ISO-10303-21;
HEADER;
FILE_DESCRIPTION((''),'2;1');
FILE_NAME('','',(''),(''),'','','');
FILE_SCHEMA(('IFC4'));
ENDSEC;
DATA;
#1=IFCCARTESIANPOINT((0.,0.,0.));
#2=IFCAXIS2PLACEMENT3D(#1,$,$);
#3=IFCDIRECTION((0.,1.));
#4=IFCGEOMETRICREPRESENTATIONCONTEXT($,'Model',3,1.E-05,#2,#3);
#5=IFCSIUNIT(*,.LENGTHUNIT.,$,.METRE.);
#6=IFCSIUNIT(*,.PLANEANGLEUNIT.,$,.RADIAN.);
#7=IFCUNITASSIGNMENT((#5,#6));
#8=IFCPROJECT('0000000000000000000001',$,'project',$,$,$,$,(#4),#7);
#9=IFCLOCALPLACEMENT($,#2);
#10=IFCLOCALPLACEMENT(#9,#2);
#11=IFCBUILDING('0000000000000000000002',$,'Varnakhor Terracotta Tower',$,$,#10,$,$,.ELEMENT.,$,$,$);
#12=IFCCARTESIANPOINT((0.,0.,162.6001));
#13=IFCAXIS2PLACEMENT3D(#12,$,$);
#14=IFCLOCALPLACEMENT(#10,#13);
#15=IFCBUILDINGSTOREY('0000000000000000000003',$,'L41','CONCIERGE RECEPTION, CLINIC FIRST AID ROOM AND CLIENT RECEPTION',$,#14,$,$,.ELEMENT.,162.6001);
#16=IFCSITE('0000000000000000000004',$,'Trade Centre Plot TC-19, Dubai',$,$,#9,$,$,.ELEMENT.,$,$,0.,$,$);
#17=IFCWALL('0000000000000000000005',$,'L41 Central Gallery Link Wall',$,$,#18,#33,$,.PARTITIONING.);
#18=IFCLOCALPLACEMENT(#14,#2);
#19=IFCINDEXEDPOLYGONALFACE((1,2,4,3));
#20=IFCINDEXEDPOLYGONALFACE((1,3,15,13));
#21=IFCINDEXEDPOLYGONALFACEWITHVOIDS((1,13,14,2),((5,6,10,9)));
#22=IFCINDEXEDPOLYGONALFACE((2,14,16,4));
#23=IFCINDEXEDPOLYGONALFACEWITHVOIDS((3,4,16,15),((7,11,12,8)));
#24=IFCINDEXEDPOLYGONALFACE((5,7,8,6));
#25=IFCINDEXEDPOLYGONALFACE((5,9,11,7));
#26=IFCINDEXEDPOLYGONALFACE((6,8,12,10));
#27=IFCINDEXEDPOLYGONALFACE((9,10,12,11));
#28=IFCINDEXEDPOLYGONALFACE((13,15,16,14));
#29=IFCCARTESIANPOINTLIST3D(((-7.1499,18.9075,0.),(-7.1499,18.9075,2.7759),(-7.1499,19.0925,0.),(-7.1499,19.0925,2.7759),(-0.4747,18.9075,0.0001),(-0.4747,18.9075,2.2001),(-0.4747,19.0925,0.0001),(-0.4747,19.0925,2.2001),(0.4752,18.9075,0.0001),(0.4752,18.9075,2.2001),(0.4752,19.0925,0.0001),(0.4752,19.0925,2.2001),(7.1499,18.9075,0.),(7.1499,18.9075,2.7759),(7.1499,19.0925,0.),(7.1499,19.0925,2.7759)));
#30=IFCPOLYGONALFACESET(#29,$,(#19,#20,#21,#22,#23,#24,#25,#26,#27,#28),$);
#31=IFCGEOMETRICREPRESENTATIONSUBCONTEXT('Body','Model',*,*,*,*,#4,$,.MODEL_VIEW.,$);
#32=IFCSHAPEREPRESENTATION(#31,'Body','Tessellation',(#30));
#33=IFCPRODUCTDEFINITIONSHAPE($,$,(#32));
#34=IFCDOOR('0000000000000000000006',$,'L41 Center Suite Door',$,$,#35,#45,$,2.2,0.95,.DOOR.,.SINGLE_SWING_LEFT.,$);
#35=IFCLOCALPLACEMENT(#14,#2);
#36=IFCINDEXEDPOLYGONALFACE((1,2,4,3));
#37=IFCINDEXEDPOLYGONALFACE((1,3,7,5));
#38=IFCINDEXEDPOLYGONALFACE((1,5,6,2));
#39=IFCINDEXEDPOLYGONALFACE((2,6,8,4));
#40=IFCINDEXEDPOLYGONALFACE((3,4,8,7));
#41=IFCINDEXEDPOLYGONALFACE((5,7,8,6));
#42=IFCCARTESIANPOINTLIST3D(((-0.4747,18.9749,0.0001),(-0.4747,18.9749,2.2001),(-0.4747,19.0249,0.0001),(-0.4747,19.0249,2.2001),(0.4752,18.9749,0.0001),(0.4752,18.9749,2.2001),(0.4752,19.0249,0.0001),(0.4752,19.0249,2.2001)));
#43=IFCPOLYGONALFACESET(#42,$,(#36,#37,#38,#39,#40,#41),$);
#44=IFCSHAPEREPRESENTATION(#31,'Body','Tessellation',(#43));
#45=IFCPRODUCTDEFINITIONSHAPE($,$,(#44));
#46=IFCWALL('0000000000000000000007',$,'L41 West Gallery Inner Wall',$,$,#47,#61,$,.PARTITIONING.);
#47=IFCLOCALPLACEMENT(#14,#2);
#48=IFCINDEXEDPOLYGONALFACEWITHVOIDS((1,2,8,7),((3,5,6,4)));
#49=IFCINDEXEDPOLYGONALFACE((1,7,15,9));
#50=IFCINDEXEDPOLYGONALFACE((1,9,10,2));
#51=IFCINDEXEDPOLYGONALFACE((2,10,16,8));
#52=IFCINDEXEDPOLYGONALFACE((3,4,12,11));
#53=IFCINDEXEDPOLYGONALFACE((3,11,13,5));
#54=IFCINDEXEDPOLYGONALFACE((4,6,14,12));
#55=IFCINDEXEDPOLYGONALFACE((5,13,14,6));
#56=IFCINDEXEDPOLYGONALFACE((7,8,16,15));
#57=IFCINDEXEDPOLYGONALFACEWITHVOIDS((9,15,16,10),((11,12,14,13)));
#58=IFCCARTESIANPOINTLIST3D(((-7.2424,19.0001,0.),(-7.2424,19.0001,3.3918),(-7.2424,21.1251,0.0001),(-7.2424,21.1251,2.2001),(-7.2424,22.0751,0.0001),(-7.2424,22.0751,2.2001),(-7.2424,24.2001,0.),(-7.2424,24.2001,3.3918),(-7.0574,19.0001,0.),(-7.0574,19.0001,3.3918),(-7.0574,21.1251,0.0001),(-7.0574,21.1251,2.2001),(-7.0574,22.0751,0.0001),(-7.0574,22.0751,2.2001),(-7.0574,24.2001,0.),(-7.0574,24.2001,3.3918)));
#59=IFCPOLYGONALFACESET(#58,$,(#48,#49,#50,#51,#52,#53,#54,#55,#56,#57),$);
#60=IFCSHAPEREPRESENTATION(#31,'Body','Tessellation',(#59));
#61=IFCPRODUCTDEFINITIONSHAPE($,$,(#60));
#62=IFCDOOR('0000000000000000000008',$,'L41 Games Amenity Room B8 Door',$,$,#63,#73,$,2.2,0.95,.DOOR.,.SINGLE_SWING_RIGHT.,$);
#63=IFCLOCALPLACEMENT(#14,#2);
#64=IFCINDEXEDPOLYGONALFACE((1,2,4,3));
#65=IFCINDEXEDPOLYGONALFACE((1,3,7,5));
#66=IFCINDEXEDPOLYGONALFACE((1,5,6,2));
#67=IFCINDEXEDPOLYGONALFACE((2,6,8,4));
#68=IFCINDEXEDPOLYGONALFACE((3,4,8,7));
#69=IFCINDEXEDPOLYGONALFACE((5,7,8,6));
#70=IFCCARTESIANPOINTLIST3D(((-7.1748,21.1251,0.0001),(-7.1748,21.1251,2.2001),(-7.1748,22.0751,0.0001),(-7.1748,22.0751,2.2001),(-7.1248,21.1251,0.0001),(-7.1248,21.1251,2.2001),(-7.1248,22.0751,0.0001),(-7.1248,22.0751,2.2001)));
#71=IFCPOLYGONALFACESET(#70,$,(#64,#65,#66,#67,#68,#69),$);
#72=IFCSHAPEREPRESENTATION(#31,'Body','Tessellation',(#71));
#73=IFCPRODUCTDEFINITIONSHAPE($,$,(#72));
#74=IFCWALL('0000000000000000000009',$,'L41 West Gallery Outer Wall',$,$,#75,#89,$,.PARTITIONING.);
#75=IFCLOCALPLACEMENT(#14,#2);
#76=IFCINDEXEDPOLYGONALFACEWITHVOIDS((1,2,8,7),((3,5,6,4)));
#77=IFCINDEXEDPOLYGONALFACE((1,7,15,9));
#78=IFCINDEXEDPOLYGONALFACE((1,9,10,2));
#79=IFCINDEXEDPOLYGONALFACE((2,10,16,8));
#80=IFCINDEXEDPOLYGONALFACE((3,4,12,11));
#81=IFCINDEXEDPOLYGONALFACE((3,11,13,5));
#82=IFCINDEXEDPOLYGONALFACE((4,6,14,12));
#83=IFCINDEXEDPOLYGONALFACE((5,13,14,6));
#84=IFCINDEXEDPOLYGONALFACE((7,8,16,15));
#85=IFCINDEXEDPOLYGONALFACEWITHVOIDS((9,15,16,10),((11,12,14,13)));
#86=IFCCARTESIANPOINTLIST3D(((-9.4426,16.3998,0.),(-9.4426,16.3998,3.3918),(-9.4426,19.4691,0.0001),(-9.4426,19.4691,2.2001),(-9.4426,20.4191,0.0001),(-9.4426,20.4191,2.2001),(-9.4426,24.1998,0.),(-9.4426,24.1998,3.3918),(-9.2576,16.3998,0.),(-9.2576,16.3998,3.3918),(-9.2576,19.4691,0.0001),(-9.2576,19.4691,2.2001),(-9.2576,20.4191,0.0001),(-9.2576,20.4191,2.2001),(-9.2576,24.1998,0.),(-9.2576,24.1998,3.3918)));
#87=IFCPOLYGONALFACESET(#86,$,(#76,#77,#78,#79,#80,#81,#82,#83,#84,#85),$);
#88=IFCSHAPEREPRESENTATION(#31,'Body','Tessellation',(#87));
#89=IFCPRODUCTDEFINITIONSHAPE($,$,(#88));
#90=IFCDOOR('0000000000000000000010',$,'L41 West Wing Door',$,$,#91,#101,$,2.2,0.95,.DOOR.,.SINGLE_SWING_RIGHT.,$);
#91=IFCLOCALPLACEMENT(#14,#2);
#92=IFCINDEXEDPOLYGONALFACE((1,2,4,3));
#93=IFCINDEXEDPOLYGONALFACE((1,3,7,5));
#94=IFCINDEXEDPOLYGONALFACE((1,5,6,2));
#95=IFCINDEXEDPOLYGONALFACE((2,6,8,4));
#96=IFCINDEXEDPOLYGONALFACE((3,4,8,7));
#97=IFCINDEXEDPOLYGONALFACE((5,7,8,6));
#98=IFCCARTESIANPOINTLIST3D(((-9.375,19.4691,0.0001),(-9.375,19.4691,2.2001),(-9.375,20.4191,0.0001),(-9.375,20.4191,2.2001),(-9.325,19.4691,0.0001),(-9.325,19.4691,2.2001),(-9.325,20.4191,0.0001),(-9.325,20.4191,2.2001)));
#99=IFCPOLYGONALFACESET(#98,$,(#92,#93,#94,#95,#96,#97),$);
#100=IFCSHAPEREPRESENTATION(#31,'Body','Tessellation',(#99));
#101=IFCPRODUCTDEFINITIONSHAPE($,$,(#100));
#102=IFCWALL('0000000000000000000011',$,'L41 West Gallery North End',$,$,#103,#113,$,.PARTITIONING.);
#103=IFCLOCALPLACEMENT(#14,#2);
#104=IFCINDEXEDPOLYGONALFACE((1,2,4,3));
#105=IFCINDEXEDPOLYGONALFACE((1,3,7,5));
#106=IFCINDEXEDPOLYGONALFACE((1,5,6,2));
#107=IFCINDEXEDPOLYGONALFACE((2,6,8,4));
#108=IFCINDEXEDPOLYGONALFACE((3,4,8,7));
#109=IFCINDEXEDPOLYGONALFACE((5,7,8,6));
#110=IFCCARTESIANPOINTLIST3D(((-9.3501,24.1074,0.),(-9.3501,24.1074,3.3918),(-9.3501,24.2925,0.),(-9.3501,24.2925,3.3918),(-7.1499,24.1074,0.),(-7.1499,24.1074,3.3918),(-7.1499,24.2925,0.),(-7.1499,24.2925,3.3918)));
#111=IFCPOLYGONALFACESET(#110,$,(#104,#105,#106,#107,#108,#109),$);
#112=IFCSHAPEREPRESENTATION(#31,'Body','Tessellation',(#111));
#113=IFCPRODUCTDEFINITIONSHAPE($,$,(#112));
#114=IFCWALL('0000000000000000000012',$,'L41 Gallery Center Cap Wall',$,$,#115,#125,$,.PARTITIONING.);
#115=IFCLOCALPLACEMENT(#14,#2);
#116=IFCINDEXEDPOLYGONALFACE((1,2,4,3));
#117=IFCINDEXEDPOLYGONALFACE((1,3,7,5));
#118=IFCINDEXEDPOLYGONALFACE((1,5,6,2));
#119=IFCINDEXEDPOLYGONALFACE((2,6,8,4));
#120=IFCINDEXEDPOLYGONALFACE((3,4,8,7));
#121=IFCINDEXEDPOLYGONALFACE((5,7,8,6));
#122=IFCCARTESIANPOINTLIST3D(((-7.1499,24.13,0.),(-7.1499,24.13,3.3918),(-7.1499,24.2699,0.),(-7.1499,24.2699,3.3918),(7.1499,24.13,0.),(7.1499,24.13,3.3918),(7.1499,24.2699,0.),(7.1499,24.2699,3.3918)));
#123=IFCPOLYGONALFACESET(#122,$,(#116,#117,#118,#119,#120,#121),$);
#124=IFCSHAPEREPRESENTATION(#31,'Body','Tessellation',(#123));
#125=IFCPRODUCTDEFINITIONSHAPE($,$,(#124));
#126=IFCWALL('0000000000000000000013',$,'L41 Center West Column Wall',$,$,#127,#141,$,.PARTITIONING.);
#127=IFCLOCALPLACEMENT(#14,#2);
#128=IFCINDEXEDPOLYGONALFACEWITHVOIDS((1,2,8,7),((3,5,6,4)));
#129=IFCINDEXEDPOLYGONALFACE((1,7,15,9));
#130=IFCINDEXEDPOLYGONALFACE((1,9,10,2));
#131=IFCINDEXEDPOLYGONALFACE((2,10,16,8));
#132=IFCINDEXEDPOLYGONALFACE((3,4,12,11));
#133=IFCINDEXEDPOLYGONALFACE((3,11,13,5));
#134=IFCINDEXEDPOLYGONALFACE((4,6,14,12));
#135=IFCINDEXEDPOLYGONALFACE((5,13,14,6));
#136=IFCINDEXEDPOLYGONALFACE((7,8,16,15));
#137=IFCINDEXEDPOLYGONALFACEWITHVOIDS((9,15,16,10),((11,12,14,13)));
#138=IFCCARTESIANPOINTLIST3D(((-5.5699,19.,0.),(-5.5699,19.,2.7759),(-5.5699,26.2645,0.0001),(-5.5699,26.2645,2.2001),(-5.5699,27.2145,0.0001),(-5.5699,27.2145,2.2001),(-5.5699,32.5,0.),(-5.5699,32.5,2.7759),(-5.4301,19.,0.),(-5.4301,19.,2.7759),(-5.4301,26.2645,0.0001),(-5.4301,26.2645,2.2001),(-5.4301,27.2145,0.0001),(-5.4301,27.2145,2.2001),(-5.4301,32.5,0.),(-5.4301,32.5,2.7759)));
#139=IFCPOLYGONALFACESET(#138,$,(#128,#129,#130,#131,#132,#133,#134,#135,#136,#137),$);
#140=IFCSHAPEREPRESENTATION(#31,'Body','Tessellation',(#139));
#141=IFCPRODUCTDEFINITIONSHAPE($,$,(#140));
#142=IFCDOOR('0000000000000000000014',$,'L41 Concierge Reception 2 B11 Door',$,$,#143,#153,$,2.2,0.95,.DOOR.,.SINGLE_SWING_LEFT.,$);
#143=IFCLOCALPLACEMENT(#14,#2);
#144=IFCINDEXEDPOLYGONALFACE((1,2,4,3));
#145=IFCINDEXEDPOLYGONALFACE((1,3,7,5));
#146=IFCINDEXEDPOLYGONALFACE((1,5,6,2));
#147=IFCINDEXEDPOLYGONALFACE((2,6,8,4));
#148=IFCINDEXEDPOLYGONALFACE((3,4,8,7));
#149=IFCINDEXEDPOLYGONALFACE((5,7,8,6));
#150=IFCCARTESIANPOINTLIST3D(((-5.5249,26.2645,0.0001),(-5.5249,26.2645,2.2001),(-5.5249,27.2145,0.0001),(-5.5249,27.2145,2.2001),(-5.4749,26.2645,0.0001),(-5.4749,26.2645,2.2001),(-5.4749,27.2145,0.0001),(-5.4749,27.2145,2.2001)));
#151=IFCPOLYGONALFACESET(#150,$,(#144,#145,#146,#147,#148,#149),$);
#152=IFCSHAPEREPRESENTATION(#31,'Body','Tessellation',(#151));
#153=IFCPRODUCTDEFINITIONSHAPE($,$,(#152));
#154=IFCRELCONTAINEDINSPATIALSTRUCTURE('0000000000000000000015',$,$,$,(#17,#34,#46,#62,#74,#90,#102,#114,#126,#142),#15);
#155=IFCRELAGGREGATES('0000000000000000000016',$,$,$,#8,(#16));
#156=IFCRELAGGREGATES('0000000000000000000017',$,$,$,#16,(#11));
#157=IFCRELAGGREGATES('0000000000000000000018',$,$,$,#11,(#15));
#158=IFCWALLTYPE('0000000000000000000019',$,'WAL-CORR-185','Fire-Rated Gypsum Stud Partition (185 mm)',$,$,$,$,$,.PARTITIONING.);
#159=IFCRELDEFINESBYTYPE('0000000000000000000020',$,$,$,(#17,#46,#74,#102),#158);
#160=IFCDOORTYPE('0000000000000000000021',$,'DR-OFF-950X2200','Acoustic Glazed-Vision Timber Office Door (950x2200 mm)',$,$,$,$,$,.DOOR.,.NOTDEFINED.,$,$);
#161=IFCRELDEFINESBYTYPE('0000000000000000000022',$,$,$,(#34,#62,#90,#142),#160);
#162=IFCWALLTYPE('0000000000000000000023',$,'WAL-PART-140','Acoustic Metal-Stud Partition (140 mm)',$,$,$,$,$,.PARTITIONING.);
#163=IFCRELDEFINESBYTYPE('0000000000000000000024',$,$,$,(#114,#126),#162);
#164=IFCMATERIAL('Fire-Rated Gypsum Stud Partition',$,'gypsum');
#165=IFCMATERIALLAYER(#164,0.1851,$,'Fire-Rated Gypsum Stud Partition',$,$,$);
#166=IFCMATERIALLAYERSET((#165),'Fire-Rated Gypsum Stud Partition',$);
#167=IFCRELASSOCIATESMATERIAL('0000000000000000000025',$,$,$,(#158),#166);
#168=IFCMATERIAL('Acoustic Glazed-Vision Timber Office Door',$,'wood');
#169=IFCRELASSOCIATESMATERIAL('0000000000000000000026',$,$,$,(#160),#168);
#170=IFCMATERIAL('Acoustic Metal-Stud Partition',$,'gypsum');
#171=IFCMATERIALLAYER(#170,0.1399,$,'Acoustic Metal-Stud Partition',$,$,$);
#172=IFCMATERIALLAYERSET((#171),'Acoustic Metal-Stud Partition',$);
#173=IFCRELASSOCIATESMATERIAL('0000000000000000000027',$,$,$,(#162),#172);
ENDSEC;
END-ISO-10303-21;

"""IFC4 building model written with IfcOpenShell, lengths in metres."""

from ifc_helpers import new_model, si_unit, direction, frame, frame_2d, origin, place, context, subcontext, project, spatial, rectangle, extrude, source, transform, mapped, material, layer, layer_set, type_object, type_shapes, element, fill, save


model = new_model("IFC4")

# Units and contexts
model_context = context("Model", 3, precision=1e-05, world=origin(), true_north=direction((0.0, 1.0)))
body_context = subcontext(model_context, "Body", "Model", "MODEL_VIEW")
ifc_project = project(units=[si_unit("LENGTHUNIT", "METRE"), si_unit("PLANEANGLEUNIT", "RADIAN")], contexts=[model_context])

# Site, building, storey
site_placement = place(None, origin())
site = spatial("IfcSite", under=ifc_project, at=site_placement, Name="Trade Centre Plot TC-19, Dubai", CompositionType="ELEMENT", RefElevation=0.0)
building_placement = place(site_placement, origin())
building = spatial("IfcBuilding", under=site, at=building_placement, Name="Varnakhor Terracotta Tower", CompositionType="ELEMENT")
storey_placement = place(building_placement, frame((0.0, 0.0, 162.6001)))
storey = spatial("IfcBuildingStorey", under=building, at=storey_placement, Name="L41", Description="CONCIERGE RECEPTION, CLINIC FIRST AID ROOM AND CLIENT RECEPTION", CompositionType="ELEMENT", Elevation=162.6001)

# Walls, openings, doors
ifc_material_1 = material(Name="Fire-Rated Gypsum Stud Partition", Category="gypsum")
ifc_layer_1 = layer(ifc_material_1, 0.1851, Name="Fire-Rated Gypsum Stud Partition")
ifc_layer_set_1 = layer_set([ifc_layer_1], Name="Fire-Rated Gypsum Stud Partition")
wall_type_1 = type_object("IfcWallType", Name="WAL-CORR-185", Description="Fire-Rated Gypsum Stud Partition (185 mm)", PredefinedType="PARTITIONING", material=ifc_layer_set_1)
wall_1_placement = place(storey_placement, frame((-7.1499, 19.0, 0.0), z_axis=(0.0, 0.0, 1.0), x_axis=(1.0, 0.0, 0.0)))
wall_1 = element("IfcWall", 1, at=wall_1_placement, inside=storey, type_object=wall_type_1, Name="L41 Central Gallery Link Wall", PredefinedType="PARTITIONING", context=body_context, shape_type="SweptSolid", body=[
    extrude(rectangle(XDim=14.2998, YDim=0.1851, at=frame_2d((7.1499, 0.0))), origin(), (0.0, 0.0, 1.0), 2.7759),
])
opening_1_placement = place(wall_1_placement, frame((6.675, 0.0, 0.0)))
opening_1 = element("IfcOpeningElement", 2, at=opening_1_placement, cuts=wall_1, PredefinedType="OPENING", context=body_context, shape_type="SweptSolid", body=[
    extrude(rectangle(XDim=0.95, YDim=2.2, at=frame_2d((0.4751, 1.1001))), frame((0.0, 0.1025, 0.0), z_axis=(0.0, -1.0, 0.0), x_axis=(1.0, 0.0, 0.0)), (0.0, 0.0, 1.0), 0.2051),
])
ifc_material_2 = material(Name="Acoustic Glazed-Vision Timber Office Door", Category="wood")
door_type_1 = type_object("IfcDoorType", Name="DR-OFF-950X2200", Description="Acoustic Glazed-Vision Timber Office Door (950x2200 mm)", OperationType="NOTDEFINED", PredefinedType="DOOR", material=ifc_material_2)
shared_shape_1 = source(origin(), body_context, "Body", "SweptSolid", [
    extrude(rectangle(XDim=0.95, YDim=2.2, at=frame_2d((0.4751, 1.1001))), frame((0.0, 0.0249, 0.0), z_axis=(0.0, -1.0, 0.0), x_axis=(1.0, 0.0, 0.0)), (0.0, 0.0, 1.0), 0.05),
])
type_shapes(door_type_1, [shared_shape_1])
door_1_placement = place(opening_1_placement, origin())
door_1 = element("IfcDoor", 3, at=door_1_placement, inside=storey, type_object=door_type_1, Name="L41 Center Suite Door", OperationType="SINGLE_SWING_LEFT", OverallHeight=2.2, OverallWidth=0.95, PredefinedType="DOOR", context=body_context, shape_type="MappedRepresentation", body=[
    mapped(shared_shape_1, transform((0.0, 0.0, 0.0), scale=1.0)),
])
fill(opening_1, door_1)
wall_2_placement = place(storey_placement, frame((-7.1499, 19.0, 0.0), z_axis=(0.0, 0.0, 1.0), x_axis=(0.0, 1.0, 0.0)))
wall_2 = element("IfcWall", 4, at=wall_2_placement, inside=storey, type_object=wall_type_1, Name="L41 West Gallery Inner Wall", PredefinedType="PARTITIONING", context=body_context, shape_type="SweptSolid", body=[
    extrude(rectangle(XDim=5.2, YDim=0.1851, at=frame_2d((2.6001, 0.0))), origin(), (0.0, 0.0, 1.0), 3.3918),
])
opening_2_placement = place(wall_2_placement, frame((2.125, 0.0, 0.0)))
opening_2 = element("IfcOpeningElement", 5, at=opening_2_placement, cuts=wall_2, PredefinedType="OPENING", context=body_context, shape_type="SweptSolid", body=[
    extrude(rectangle(XDim=0.95, YDim=2.2, at=frame_2d((0.4751, 1.1001))), frame((0.0, 0.1025, 0.0), z_axis=(0.0, -1.0, 0.0), x_axis=(1.0, 0.0, 0.0)), (0.0, 0.0, 1.0), 0.2051),
])
door_2_placement = place(opening_2_placement, origin())
door_2 = element("IfcDoor", 6, at=door_2_placement, inside=storey, type_object=door_type_1, Name="L41 Games Amenity Room B8 Door", OperationType="SINGLE_SWING_RIGHT", OverallHeight=2.2, OverallWidth=0.95, PredefinedType="DOOR", context=body_context, shape_type="MappedRepresentation", body=[
    mapped(shared_shape_1, transform((0.0, 0.0, 0.0), scale=1.0)),
])
fill(opening_2, door_2)
wall_3_placement = place(storey_placement, frame((-9.3501, 16.3999, 0.0), z_axis=(0.0, 0.0, 1.0), x_axis=(0.0, 1.0, 0.0)))
wall_3 = element("IfcWall", 7, at=wall_3_placement, inside=storey, type_object=wall_type_1, Name="L41 West Gallery Outer Wall", PredefinedType="PARTITIONING", context=body_context, shape_type="SweptSolid", body=[
    extrude(rectangle(XDim=7.8, YDim=0.1851, at=frame_2d((3.8999, 0.0))), origin(), (0.0, 0.0, 1.0), 3.3918),
])
opening_3_placement = place(wall_3_placement, frame((3.0691, 0.0, 0.0)))
opening_3 = element("IfcOpeningElement", 8, at=opening_3_placement, cuts=wall_3, PredefinedType="OPENING", context=body_context, shape_type="SweptSolid", body=[
    extrude(rectangle(XDim=0.95, YDim=2.2, at=frame_2d((0.4751, 1.1001))), frame((0.0, 0.1025, 0.0), z_axis=(0.0, -1.0, 0.0), x_axis=(1.0, 0.0, 0.0)), (0.0, 0.0, 1.0), 0.2051),
])
door_3_placement = place(opening_3_placement, origin())
door_3 = element("IfcDoor", 9, at=door_3_placement, inside=storey, type_object=door_type_1, Name="L41 West Wing Door", OperationType="SINGLE_SWING_RIGHT", OverallHeight=2.2, OverallWidth=0.95, PredefinedType="DOOR", context=body_context, shape_type="MappedRepresentation", body=[
    mapped(shared_shape_1, transform((0.0, 0.0, 0.0), scale=1.0)),
])
fill(opening_3, door_3)

# Walls
wall_4_placement = place(storey_placement, frame((-9.3501, 24.2, 0.0), z_axis=(0.0, 0.0, 1.0), x_axis=(1.0, 0.0, 0.0)))
element("IfcWall", 10, at=wall_4_placement, inside=storey, type_object=wall_type_1, Name="L41 West Gallery North End", PredefinedType="PARTITIONING", context=body_context, shape_type="SweptSolid", body=[
    extrude(rectangle(XDim=2.2002, YDim=0.1851, at=frame_2d((1.1001, 0.0))), origin(), (0.0, 0.0, 1.0), 3.3918),
])
ifc_material_3 = material(Name="Acoustic Metal-Stud Partition", Category="gypsum")
ifc_layer_2 = layer(ifc_material_3, 0.1399, Name="Acoustic Metal-Stud Partition")
ifc_layer_set_2 = layer_set([ifc_layer_2], Name="Acoustic Metal-Stud Partition")
wall_type_2 = type_object("IfcWallType", Name="WAL-PART-140", Description="Acoustic Metal-Stud Partition (140 mm)", PredefinedType="PARTITIONING", material=ifc_layer_set_2)
wall_5_placement = place(storey_placement, frame((-7.1499, 24.2, 0.0), z_axis=(0.0, 0.0, 1.0), x_axis=(1.0, 0.0, 0.0)))
element("IfcWall", 11, at=wall_5_placement, inside=storey, type_object=wall_type_2, Name="L41 Gallery Center Cap Wall", PredefinedType="PARTITIONING", context=body_context, shape_type="SweptSolid", body=[
    extrude(rectangle(XDim=14.2998, YDim=0.1399, at=frame_2d((7.1499, 0.0))), origin(), (0.0, 0.0, 1.0), 3.3918),
])

# Wall, opening, door
wall_6_placement = place(storey_placement, frame((-5.5, 19.0, 0.0), z_axis=(0.0, 0.0, 1.0), x_axis=(0.0, 1.0, 0.0)))
wall_6 = element("IfcWall", 12, at=wall_6_placement, inside=storey, type_object=wall_type_2, Name="L41 Center West Column Wall", PredefinedType="PARTITIONING", context=body_context, shape_type="SweptSolid", body=[
    extrude(rectangle(XDim=13.5, YDim=0.1399, at=frame_2d((6.75, 0.0))), origin(), (0.0, 0.0, 1.0), 2.7759),
])
opening_4_placement = place(wall_6_placement, frame((7.2644, 0.0, 0.0)))
opening_4 = element("IfcOpeningElement", 13, at=opening_4_placement, cuts=wall_6, PredefinedType="OPENING", context=body_context, shape_type="SweptSolid", body=[
    extrude(rectangle(XDim=0.95, YDim=2.2, at=frame_2d((0.4751, 1.1001))), frame((0.0, 0.0801, 0.0), z_axis=(0.0, -1.0, 0.0), x_axis=(1.0, 0.0, 0.0)), (0.0, 0.0, 1.0), 0.1599),
])
door_4_placement = place(opening_4_placement, origin())
door_4 = element("IfcDoor", 14, at=door_4_placement, inside=storey, type_object=door_type_1, Name="L41 Concierge Reception 2 B11 Door", OperationType="SINGLE_SWING_LEFT", OverallHeight=2.2, OverallWidth=0.95, PredefinedType="DOOR", context=body_context, shape_type="MappedRepresentation", body=[
    mapped(shared_shape_1, transform((0.0, 0.0, 0.0), scale=1.0)),
])
fill(opening_4, door_4)

save(model, "model.ifc")
